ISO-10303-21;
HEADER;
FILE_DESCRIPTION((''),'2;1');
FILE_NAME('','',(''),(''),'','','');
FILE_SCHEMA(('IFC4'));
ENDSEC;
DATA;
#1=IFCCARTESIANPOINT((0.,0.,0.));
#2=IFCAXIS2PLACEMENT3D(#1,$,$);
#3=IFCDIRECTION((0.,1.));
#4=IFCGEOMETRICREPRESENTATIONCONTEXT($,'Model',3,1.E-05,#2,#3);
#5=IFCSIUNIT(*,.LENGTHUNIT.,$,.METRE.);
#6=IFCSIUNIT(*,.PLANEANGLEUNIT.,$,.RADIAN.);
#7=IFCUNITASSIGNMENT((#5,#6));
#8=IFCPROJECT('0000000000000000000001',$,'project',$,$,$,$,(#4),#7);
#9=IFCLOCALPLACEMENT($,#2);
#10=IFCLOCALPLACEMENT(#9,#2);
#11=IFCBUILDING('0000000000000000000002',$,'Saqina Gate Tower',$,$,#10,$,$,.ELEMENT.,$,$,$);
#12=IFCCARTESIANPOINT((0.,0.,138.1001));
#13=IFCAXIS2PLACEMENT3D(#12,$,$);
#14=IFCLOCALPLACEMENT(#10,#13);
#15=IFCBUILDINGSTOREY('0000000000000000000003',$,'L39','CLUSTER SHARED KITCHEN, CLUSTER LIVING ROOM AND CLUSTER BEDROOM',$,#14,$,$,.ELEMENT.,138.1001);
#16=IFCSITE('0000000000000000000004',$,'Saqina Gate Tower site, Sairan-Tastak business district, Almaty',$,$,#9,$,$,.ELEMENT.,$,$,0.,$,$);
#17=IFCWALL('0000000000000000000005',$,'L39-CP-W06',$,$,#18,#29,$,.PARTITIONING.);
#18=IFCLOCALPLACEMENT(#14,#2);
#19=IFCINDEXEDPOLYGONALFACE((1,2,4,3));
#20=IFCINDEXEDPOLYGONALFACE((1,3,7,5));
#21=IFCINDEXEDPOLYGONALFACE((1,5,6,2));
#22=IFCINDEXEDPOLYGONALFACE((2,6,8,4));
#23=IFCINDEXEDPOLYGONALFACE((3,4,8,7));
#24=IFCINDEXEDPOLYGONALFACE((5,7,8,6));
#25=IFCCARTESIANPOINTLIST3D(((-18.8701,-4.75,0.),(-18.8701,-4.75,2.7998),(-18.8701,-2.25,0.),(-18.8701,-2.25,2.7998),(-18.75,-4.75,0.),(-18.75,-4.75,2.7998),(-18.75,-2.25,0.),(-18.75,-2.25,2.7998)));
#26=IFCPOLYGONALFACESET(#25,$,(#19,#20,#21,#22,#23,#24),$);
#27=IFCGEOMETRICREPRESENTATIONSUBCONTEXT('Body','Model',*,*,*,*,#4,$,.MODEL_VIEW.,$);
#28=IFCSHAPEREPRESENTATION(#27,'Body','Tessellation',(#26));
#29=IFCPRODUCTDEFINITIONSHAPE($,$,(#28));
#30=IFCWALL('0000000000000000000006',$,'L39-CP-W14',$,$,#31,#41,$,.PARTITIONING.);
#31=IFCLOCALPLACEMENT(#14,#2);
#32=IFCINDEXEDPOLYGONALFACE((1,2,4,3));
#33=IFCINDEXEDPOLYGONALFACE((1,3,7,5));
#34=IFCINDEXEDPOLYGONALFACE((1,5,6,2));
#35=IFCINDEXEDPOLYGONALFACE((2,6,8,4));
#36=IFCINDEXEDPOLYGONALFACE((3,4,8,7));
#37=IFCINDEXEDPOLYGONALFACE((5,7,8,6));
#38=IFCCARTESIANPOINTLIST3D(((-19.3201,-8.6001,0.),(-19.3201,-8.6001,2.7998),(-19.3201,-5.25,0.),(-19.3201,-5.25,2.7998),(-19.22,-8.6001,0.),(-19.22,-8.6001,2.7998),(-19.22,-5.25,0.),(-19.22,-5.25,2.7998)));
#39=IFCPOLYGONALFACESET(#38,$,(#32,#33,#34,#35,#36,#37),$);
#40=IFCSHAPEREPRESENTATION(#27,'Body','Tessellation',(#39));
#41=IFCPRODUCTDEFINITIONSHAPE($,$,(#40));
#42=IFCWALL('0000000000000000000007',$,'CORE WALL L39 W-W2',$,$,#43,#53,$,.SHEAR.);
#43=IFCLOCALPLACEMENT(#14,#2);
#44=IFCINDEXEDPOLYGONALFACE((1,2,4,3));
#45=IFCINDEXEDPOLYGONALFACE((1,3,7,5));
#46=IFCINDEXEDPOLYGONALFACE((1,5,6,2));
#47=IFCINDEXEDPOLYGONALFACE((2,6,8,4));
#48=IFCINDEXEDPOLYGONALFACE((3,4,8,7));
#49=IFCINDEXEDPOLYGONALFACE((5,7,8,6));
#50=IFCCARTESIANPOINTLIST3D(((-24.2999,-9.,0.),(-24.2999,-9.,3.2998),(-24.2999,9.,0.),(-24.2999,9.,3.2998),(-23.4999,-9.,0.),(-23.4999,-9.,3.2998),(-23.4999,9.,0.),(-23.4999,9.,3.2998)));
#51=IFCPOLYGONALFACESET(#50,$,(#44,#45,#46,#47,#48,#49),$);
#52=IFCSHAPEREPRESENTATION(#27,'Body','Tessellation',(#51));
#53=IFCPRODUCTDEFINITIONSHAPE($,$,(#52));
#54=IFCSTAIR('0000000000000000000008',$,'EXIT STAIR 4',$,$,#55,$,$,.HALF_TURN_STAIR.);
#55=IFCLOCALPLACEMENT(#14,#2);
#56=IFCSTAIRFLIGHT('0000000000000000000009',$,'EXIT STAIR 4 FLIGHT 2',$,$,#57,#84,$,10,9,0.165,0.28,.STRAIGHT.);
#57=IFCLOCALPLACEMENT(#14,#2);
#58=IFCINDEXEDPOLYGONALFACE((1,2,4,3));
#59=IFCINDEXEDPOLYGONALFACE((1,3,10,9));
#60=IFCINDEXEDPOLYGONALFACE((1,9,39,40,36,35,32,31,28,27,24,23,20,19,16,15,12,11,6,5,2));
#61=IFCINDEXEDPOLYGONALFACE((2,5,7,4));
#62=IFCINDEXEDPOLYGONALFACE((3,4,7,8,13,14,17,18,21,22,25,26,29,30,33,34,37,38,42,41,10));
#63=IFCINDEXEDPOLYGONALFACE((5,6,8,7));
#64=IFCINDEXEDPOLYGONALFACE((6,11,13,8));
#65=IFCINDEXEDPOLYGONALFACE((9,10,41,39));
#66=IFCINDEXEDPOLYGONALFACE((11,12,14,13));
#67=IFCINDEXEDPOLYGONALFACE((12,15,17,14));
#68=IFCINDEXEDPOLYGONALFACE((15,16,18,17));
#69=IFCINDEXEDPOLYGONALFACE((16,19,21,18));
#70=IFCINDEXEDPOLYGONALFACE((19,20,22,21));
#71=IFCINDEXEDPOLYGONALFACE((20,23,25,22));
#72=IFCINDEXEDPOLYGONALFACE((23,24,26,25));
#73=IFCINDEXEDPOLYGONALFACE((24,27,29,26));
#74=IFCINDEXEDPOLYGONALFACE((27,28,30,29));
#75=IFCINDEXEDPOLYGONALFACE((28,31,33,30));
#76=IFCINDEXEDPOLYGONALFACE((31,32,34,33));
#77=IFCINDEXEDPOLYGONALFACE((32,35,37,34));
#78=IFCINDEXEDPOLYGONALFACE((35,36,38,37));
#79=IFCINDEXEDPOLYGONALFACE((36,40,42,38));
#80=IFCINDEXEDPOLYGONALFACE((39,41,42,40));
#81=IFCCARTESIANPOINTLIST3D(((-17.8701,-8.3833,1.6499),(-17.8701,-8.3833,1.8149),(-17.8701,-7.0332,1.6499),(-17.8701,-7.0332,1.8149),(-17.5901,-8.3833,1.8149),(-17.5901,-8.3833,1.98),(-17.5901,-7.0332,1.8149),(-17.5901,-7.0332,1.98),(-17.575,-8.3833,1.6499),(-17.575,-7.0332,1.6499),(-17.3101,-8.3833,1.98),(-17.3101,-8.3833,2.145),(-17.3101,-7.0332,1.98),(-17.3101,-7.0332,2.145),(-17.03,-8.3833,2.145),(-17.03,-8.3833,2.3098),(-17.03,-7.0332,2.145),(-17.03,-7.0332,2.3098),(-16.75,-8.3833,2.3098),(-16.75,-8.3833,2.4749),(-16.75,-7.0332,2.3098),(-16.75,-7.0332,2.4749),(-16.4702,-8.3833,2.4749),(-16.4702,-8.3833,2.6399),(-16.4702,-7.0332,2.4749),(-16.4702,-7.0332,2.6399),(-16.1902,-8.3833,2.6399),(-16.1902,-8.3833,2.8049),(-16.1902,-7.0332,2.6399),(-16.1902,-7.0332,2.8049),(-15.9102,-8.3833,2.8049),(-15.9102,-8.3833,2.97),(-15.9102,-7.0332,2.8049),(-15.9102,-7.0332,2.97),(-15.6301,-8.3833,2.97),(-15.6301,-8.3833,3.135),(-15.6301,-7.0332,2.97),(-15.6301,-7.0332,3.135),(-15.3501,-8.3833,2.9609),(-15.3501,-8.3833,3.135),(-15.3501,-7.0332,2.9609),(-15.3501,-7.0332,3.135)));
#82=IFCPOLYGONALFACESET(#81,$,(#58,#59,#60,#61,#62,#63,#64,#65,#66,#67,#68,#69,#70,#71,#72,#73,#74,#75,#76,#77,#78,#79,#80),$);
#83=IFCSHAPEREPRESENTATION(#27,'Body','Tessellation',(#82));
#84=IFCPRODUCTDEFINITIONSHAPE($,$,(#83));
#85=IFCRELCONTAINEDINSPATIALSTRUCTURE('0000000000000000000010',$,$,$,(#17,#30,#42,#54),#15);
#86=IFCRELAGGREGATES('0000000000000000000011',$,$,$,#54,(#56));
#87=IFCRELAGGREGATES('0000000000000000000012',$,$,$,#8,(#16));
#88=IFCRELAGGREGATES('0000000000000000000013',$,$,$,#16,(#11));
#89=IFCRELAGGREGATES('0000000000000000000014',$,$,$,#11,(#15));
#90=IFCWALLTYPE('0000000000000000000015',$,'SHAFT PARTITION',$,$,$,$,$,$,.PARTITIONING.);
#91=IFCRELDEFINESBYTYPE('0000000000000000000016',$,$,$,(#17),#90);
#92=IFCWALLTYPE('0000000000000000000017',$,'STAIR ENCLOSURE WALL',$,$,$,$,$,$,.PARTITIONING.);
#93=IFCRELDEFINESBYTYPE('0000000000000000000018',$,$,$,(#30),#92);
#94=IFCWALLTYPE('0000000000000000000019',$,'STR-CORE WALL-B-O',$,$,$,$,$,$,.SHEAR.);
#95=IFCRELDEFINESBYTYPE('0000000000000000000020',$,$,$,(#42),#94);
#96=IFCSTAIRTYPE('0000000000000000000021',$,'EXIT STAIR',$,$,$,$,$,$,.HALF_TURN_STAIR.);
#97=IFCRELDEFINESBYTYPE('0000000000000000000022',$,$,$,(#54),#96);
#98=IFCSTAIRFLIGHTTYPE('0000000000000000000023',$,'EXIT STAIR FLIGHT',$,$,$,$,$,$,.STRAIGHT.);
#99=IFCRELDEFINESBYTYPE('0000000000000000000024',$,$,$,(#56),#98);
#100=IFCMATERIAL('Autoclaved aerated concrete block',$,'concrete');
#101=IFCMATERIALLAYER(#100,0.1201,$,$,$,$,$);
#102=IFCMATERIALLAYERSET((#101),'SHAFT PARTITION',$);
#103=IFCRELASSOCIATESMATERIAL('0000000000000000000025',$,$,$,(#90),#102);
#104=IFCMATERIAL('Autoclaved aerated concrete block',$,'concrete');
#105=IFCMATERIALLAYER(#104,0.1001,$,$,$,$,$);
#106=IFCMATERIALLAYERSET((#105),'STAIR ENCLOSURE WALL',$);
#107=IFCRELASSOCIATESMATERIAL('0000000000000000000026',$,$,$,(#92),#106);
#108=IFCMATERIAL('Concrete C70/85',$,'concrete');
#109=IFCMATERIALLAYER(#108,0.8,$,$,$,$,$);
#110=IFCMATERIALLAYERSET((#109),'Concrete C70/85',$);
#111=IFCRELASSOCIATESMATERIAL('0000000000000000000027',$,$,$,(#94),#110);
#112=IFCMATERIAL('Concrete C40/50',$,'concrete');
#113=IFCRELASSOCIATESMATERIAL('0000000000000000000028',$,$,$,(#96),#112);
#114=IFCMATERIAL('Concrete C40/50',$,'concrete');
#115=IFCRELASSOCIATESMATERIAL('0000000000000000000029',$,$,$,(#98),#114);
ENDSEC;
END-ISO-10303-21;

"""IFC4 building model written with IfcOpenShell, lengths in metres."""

from ifc_helpers import new_model, si_unit, direction, frame, frame_2d, origin, place, context, subcontext, project, spatial, polyline, rectangle, outline, extrude, material, layer, layer_set, type_object, element, aggregate, save


model = new_model("IFC4")

# Units and contexts
model_context = context("Model", 3, precision=1e-05, world=origin(), true_north=direction((0.0, 1.0)))
body_context = subcontext(model_context, "Body", "Model", "MODEL_VIEW")
ifc_project = project(units=[si_unit("LENGTHUNIT", "METRE"), si_unit("PLANEANGLEUNIT", "RADIAN")], contexts=[model_context])

# Site, building, storey
site_placement = place(None, origin())
site = spatial("IfcSite", under=ifc_project, at=site_placement, Name="Saqina Gate Tower site, Sairan-Tastak business district, Almaty", CompositionType="ELEMENT", RefElevation=0.0)
building_placement = place(site_placement, origin())
building = spatial("IfcBuilding", under=site, at=building_placement, Name="Saqina Gate Tower", CompositionType="ELEMENT")
storey_placement = place(building_placement, frame((0.0, 0.0, 138.1001)))
storey = spatial("IfcBuildingStorey", under=building, at=storey_placement, Name="L39", Description="CLUSTER SHARED KITCHEN, CLUSTER LIVING ROOM AND CLUSTER BEDROOM", CompositionType="ELEMENT", Elevation=138.1001)

# Shared definitions
ifc_material_1 = material(Name="Autoclaved aerated concrete block", Category="concrete")
ifc_layer_1 = layer(ifc_material_1, 0.1201)
ifc_layer_set_1 = layer_set([ifc_layer_1], Name="SHAFT PARTITION")
wall_type_1 = type_object("IfcWallType", Name="SHAFT PARTITION", PredefinedType="PARTITIONING", material=ifc_layer_set_1)

# Walls
wall_1_placement = place(storey_placement, frame((-18.8101, -4.75, 0.0), z_axis=(0.0, 0.0, 1.0), x_axis=(0.0, 1.0, 0.0)))
element("IfcWall", 1, at=wall_1_placement, inside=storey, type_object=wall_type_1, Name="L39-CP-W06", PredefinedType="PARTITIONING", context=body_context, shape_type="SweptSolid", body=[
    extrude(rectangle(XDim=2.5, YDim=0.1201, at=frame_2d((1.25, 0.0))), origin(), (0.0, 0.0, 1.0), 2.7998),
])
ifc_material_2 = material(Name="Autoclaved aerated concrete block", Category="concrete")
ifc_layer_2 = layer(ifc_material_2, 0.1001)
ifc_layer_set_2 = layer_set([ifc_layer_2], Name="STAIR ENCLOSURE WALL")
wall_type_2 = type_object("IfcWallType", Name="STAIR ENCLOSURE WALL", PredefinedType="PARTITIONING", material=ifc_layer_set_2)
wall_2_placement = place(storey_placement, frame((-19.27, -8.6001, 0.0), z_axis=(0.0, 0.0, 1.0), x_axis=(0.0, 1.0, 0.0)))
element("IfcWall", 2, at=wall_2_placement, inside=storey, type_object=wall_type_2, Name="L39-CP-W14", PredefinedType="PARTITIONING", context=body_context, shape_type="SweptSolid", body=[
    extrude(rectangle(XDim=3.3501, YDim=0.1001, at=frame_2d((1.675, 0.0))), origin(), (0.0, 0.0, 1.0), 2.7998),
])
ifc_material_3 = material(Name="Concrete C70/85", Category="concrete")
ifc_layer_3 = layer(ifc_material_3, 0.8)
ifc_layer_set_3 = layer_set([ifc_layer_3], Name="Concrete C70/85")
wall_type_3 = type_object("IfcWallType", Name="STR-CORE WALL-B-O", PredefinedType="SHEAR", material=ifc_layer_set_3)
wall_3_placement = place(storey_placement, frame((-23.8999, -9.0, 0.0), z_axis=(0.0, 0.0, 1.0), x_axis=(0.0, 1.0, 0.0)))
element("IfcWall", 3, at=wall_3_placement, inside=storey, type_object=wall_type_3, Name="CORE WALL L39 W-W2", PredefinedType="SHEAR", context=body_context, shape_type="SweptSolid", body=[
    extrude(rectangle(XDim=18.0, YDim=0.8, at=frame_2d((9.0, 0.0))), origin(), (0.0, 0.0, 1.0), 3.2998),
])

# Stair, stair flight
ifc_material_4 = material(Name="Concrete C40/50", Category="concrete")
stair_type = type_object("IfcStairType", Name="EXIT STAIR", PredefinedType="HALF_TURN_STAIR", material=ifc_material_4)
stair_placement = place(storey_placement, origin())
stair = element("IfcStair", 4, at=stair_placement, inside=storey, type_object=stair_type, Name="EXIT STAIR 4", PredefinedType="HALF_TURN_STAIR")
ifc_material_5 = material(Name="Concrete C40/50", Category="concrete")
stair_flight_type = type_object("IfcStairFlightType", Name="EXIT STAIR FLIGHT", PredefinedType="STRAIGHT", material=ifc_material_5)
stair_flight_placement = place(storey_placement, frame((-17.8701, -7.7083, 1.6499), z_axis=(0.0, 0.0, 1.0), x_axis=(1.0, 0.0, 0.0)))
stair_flight = element("IfcStairFlight", 5, at=stair_flight_placement, type_object=stair_flight_type, Name="EXIT STAIR 4 FLIGHT 2", NumberOfRisers=10, NumberOfTreads=9, PredefinedType="STRAIGHT", RiserHeight=0.165, TreadLength=0.28, context=body_context, shape_type="SweptSolid", body=[
    extrude(outline(polyline([(0.0, 0.0), (0.0, 0.165), (0.28, 0.165), (0.28, 0.3301), (0.5601, 0.3301), (0.5601, 0.4951), (0.8401, 0.4951), (0.8401, 0.6599), (1.1201, 0.6599), (1.1201, 0.825), (1.3999, 0.825), (1.3999, 0.99), (1.6799, 0.99), (1.6799, 1.155), (1.96, 1.155), (1.96, 1.3201), (2.24, 1.3201), (2.24, 1.4851), (2.52, 1.4851), (2.52, 1.6499), (2.52, 1.311), (0.2952, 0.0), (0.0, 0.0)])), frame((0.0, 0.675, 0.0), z_axis=(0.0, -1.0, 0.0), x_axis=(1.0, 0.0, 0.0)), (0.0, 0.0, 1.0), 1.3501),
])
aggregate(stair, [stair_flight])

save(model, "model.ifc")
